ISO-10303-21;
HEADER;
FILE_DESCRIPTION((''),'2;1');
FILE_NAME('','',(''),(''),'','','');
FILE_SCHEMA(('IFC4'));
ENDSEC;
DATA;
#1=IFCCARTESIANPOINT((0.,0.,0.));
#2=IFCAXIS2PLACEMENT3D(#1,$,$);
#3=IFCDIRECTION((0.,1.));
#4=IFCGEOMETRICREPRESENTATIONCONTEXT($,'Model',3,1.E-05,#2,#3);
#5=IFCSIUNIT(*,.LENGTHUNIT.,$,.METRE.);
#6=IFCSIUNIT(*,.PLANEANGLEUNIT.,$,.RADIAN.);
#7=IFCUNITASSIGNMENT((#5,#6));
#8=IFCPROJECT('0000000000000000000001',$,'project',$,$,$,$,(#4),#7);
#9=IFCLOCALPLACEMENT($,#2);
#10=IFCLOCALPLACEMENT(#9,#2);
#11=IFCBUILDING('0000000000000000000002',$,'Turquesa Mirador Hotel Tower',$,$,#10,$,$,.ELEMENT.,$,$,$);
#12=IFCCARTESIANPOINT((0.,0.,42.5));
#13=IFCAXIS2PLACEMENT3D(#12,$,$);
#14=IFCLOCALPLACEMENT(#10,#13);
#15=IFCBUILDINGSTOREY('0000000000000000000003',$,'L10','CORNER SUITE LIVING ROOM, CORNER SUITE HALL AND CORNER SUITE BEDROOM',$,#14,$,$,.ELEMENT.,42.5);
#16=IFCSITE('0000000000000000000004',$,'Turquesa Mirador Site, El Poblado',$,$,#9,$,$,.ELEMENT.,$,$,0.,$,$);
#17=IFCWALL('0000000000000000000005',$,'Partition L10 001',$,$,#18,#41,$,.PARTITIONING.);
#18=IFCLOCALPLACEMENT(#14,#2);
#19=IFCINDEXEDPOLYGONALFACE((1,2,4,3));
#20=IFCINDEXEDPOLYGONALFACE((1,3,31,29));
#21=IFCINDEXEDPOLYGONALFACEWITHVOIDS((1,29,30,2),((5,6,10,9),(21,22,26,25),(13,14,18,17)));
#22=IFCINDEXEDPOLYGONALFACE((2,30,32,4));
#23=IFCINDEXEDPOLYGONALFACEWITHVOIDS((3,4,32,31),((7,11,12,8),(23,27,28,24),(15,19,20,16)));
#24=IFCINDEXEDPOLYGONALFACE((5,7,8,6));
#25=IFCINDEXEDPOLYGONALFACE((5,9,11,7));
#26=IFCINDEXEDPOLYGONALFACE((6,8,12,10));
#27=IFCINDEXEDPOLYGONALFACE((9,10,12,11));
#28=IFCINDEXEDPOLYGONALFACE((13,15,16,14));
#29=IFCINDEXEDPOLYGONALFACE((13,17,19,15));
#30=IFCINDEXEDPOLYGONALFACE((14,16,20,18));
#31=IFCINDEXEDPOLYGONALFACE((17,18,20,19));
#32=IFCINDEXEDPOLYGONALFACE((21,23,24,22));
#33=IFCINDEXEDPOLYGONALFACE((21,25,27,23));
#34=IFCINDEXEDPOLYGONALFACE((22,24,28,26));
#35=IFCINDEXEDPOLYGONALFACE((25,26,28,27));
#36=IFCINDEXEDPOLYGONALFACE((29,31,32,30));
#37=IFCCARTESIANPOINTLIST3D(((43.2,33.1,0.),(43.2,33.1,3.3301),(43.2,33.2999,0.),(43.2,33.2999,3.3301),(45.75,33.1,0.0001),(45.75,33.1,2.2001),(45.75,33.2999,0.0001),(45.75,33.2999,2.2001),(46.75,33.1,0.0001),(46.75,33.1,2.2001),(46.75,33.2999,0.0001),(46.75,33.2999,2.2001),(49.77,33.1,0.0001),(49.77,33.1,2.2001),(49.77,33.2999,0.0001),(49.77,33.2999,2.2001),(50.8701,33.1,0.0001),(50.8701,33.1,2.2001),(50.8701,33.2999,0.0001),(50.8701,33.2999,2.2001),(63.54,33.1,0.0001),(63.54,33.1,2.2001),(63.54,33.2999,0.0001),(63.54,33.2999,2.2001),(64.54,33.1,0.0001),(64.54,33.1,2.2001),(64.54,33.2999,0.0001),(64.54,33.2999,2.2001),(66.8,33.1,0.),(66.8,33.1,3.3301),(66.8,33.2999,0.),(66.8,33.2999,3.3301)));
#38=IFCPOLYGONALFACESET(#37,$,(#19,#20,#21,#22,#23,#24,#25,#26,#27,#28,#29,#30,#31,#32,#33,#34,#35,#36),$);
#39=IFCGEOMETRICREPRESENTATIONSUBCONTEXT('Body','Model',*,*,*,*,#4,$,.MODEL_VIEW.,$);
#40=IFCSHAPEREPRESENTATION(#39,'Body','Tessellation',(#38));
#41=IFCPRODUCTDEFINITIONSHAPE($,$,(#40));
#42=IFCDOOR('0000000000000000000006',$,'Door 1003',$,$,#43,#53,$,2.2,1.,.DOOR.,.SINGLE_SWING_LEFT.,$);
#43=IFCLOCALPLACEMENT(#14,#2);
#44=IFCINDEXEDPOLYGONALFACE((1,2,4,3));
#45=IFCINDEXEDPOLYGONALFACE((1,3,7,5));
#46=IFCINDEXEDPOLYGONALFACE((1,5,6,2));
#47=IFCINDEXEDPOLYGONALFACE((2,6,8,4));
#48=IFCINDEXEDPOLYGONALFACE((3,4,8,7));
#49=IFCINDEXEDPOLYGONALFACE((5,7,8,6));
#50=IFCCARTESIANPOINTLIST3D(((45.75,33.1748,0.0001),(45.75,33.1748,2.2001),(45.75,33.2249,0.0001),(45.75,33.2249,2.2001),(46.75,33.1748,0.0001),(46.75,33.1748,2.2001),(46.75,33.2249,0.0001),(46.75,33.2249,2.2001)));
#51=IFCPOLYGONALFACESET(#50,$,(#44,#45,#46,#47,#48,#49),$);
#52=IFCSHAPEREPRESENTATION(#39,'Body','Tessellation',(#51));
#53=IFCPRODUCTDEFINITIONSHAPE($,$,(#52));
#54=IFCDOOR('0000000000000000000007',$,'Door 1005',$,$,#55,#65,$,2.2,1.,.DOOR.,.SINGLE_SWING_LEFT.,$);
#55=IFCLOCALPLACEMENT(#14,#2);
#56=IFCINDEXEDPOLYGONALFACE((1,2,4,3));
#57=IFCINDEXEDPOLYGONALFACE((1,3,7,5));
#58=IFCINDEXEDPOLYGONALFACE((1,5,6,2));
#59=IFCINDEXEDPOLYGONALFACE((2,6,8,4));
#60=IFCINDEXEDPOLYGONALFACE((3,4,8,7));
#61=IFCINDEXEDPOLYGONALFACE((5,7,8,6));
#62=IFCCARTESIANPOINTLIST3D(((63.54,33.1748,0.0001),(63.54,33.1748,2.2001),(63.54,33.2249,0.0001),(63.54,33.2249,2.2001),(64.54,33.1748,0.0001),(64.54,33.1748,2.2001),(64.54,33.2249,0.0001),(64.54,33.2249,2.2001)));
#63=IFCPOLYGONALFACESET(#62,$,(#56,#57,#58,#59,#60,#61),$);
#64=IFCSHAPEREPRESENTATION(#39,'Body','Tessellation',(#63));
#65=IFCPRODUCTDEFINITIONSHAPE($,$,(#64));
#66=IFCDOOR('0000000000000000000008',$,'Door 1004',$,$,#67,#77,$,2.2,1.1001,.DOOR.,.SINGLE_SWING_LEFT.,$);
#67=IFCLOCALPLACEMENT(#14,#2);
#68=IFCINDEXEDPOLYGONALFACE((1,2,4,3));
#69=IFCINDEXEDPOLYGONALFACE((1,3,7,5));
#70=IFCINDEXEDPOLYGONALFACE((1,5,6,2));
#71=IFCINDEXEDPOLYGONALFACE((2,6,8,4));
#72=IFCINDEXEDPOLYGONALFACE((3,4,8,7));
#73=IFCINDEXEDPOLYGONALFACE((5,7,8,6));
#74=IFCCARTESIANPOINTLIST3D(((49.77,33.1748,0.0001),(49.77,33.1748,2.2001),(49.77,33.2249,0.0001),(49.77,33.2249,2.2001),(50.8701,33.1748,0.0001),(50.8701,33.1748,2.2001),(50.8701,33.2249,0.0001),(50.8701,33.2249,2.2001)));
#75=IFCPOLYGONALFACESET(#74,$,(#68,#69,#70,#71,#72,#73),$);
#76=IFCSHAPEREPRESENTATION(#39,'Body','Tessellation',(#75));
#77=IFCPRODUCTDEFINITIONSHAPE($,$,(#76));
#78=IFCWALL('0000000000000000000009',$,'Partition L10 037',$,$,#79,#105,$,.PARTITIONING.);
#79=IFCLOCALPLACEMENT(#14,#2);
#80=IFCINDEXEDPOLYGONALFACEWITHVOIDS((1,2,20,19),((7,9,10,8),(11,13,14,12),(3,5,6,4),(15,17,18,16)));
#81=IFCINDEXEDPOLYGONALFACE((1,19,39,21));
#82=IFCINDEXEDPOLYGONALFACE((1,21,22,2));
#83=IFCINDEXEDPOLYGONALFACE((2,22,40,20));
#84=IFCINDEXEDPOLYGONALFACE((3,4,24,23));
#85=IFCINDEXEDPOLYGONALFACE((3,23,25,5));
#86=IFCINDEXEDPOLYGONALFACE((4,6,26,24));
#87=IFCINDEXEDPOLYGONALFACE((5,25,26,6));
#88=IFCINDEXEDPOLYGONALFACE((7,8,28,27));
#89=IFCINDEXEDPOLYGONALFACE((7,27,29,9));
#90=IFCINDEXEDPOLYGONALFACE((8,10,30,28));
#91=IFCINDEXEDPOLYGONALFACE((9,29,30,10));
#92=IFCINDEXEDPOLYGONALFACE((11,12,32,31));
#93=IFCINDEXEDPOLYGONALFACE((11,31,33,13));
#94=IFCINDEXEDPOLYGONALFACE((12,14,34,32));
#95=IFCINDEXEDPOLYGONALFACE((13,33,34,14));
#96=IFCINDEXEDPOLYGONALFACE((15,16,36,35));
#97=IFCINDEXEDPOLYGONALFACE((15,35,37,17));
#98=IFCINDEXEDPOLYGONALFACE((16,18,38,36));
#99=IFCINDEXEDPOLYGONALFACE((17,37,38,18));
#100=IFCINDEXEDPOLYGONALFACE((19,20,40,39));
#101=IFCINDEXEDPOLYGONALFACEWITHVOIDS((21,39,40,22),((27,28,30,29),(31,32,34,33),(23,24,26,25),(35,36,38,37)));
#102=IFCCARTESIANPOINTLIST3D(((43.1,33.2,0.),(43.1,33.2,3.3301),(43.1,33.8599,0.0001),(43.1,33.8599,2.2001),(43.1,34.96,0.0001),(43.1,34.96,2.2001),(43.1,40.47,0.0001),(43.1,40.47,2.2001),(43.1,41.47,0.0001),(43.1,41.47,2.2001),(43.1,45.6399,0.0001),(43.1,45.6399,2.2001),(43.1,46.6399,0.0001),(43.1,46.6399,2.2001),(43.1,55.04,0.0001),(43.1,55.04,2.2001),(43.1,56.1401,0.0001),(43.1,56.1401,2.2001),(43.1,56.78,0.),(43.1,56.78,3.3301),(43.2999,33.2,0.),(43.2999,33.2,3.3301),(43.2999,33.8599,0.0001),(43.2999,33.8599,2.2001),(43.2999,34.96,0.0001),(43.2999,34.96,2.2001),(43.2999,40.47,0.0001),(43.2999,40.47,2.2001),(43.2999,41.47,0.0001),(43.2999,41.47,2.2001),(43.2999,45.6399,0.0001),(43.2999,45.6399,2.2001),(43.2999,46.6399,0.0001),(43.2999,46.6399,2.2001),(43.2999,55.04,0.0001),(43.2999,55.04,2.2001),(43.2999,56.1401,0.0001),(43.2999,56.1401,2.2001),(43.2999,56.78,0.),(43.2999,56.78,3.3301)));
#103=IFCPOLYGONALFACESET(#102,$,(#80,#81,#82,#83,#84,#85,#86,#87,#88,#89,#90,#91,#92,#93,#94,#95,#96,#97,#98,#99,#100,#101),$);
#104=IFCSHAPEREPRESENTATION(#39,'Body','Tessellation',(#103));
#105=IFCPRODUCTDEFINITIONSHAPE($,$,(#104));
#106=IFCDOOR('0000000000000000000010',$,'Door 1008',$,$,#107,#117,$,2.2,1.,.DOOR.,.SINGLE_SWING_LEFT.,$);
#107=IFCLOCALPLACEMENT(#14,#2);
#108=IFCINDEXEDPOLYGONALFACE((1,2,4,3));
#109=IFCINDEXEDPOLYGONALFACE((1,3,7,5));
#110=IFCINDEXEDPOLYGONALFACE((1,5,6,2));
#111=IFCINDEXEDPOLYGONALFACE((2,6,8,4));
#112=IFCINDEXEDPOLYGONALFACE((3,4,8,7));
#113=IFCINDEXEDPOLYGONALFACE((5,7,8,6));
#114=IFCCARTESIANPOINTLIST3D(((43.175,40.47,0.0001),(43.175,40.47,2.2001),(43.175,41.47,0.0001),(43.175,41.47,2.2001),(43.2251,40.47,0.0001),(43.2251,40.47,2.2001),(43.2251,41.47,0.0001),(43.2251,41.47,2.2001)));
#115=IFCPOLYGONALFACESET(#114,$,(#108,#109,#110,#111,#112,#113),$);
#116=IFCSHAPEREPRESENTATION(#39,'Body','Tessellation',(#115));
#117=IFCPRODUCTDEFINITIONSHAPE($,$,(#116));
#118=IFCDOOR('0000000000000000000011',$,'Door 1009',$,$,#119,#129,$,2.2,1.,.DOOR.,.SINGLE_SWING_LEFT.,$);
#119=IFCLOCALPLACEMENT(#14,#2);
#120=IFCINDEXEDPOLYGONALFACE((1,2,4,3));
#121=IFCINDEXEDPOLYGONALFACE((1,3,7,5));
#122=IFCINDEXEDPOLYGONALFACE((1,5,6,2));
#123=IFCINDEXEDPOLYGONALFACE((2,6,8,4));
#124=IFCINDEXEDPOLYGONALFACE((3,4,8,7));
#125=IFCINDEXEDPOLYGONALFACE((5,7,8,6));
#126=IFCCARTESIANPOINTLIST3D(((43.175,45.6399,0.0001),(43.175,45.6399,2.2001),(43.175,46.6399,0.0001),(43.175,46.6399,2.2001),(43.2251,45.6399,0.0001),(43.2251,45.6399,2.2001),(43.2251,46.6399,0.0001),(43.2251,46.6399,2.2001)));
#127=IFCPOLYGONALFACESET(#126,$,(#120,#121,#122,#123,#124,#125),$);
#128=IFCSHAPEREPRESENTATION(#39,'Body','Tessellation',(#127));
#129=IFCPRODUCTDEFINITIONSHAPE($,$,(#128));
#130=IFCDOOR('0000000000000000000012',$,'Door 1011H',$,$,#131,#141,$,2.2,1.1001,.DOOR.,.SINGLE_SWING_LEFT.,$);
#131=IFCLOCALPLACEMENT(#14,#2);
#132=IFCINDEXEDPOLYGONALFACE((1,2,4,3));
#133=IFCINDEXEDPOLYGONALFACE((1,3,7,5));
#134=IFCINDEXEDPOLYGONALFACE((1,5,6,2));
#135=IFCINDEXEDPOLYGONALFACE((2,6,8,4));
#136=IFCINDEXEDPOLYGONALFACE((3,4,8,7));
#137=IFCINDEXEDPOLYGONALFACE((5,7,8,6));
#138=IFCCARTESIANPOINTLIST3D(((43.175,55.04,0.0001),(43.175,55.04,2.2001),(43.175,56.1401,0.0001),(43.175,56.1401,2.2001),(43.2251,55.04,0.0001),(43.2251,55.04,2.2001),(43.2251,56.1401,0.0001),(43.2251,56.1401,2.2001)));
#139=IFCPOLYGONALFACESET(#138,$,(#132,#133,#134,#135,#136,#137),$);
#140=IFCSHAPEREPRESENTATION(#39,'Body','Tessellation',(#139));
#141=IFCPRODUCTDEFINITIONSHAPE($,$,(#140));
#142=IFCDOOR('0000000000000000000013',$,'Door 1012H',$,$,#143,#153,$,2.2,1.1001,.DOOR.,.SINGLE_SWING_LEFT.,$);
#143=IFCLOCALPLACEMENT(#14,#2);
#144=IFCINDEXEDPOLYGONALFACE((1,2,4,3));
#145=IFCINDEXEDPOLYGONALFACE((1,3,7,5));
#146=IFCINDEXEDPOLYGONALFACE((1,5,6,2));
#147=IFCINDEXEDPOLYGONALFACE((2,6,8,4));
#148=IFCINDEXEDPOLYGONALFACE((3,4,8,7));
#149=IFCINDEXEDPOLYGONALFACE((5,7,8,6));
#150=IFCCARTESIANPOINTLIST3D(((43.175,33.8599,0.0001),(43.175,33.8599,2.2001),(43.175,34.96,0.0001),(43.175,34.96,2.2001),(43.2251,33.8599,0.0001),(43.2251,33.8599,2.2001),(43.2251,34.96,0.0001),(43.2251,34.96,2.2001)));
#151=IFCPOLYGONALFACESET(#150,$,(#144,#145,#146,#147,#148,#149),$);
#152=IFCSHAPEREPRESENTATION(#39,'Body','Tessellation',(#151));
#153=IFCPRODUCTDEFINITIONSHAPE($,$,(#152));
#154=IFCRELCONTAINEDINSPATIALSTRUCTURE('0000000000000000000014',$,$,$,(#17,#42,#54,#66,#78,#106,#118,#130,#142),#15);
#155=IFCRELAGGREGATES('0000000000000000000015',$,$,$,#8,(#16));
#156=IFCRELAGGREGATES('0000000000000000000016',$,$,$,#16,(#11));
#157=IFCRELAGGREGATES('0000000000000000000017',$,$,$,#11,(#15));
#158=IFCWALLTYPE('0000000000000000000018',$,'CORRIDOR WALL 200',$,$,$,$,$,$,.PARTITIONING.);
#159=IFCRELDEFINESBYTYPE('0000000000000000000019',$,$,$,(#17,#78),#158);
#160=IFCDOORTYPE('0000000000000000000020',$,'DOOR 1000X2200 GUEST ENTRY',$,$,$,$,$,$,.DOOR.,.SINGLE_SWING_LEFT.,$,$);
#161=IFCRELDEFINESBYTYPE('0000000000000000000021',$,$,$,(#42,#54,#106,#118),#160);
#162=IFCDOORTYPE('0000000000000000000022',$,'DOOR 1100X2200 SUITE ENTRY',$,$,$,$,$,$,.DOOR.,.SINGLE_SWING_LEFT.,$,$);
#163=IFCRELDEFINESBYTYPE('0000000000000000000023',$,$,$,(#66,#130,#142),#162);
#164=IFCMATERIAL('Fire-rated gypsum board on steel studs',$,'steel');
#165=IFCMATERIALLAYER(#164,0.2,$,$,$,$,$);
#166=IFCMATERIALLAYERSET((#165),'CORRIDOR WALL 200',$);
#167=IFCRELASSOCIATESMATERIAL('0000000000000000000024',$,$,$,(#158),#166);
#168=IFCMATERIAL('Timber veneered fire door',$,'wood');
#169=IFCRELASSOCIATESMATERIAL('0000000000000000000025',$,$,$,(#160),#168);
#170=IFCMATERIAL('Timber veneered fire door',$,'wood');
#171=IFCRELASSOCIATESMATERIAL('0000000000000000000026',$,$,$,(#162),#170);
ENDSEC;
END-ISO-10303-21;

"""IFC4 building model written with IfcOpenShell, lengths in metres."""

from ifc_helpers import new_model, si_unit, direction, frame, frame_2d, origin, place, context, subcontext, project, spatial, rectangle, extrude, material, layer, layer_set, type_object, element, fill, save


model = new_model("IFC4")

# Units and contexts
model_context = context("Model", 3, precision=1e-05, world=origin(), true_north=direction((0.0, 1.0)))
body_context = subcontext(model_context, "Body", "Model", "MODEL_VIEW")
ifc_project = project(units=[si_unit("LENGTHUNIT", "METRE"), si_unit("PLANEANGLEUNIT", "RADIAN")], contexts=[model_context])

# Site, building, storey
site_placement = place(None, origin())
site = spatial("IfcSite", under=ifc_project, at=site_placement, Name="Turquesa Mirador Site, El Poblado", CompositionType="ELEMENT", RefElevation=0.0)
building_placement = place(site_placement, origin())
building = spatial("IfcBuilding", under=site, at=building_placement, Name="Turquesa Mirador Hotel Tower", CompositionType="ELEMENT")
storey_placement = place(building_placement, frame((0.0, 0.0, 42.5)))
storey = spatial("IfcBuildingStorey", under=building, at=storey_placement, Name="L10", Description="CORNER SUITE LIVING ROOM, CORNER SUITE HALL AND CORNER SUITE BEDROOM", CompositionType="ELEMENT", Elevation=42.5)

# Walls, openings, doors
ifc_material_1 = material(Name="Fire-rated gypsum board on steel studs", Category="steel")
ifc_layer_1 = layer(ifc_material_1, 0.2)
ifc_layer_set_1 = layer_set([ifc_layer_1], Name="CORRIDOR WALL 200")
wall_type_1 = type_object("IfcWallType", Name="CORRIDOR WALL 200", PredefinedType="PARTITIONING", material=ifc_layer_set_1)
wall_1_placement = place(storey_placement, frame((43.2, 33.2, 0.0), z_axis=(0.0, 0.0, 1.0), x_axis=(1.0, 0.0, 0.0)))
wall_1 = element("IfcWall", 1, at=wall_1_placement, inside=storey, type_object=wall_type_1, Name="Partition L10 001", PredefinedType="PARTITIONING", context=body_context, shape_type="SweptSolid", body=[
    extrude(rectangle(XDim=23.6001, YDim=0.2, at=frame_2d((11.8, 0.0))), origin(), (0.0, 0.0, 1.0), 3.3301),
])
opening_1_placement = place(wall_1_placement, frame((2.55, 0.0, 0.0)))
opening_1 = element("IfcOpeningElement", 2, at=opening_1_placement, cuts=wall_1, PredefinedType="OPENING", context=body_context, shape_type="SweptSolid", body=[
    extrude(rectangle(XDim=1.0, YDim=2.2, at=frame_2d((0.5, 1.1001))), frame((0.0, 0.1099, 0.0), z_axis=(0.0, -1.0, 0.0), x_axis=(1.0, 0.0, 0.0)), (0.0, 0.0, 1.0), 0.22),
])
opening_2_placement = place(wall_1_placement, frame((6.5701, 0.0, 0.0)))
opening_2 = element("IfcOpeningElement", 3, at=opening_2_placement, cuts=wall_1, PredefinedType="OPENING", context=body_context, shape_type="SweptSolid", body=[
    extrude(rectangle(XDim=1.1001, YDim=2.2, at=frame_2d((0.55, 1.1001))), frame((0.0, 0.1099, 0.0), z_axis=(0.0, -1.0, 0.0), x_axis=(1.0, 0.0, 0.0)), (0.0, 0.0, 1.0), 0.22),
])
opening_3_placement = place(wall_1_placement, frame((20.3401, 0.0, 0.0)))
opening_3 = element("IfcOpeningElement", 4, at=opening_3_placement, cuts=wall_1, PredefinedType="OPENING", context=body_context, shape_type="SweptSolid", body=[
    extrude(rectangle(XDim=1.0, YDim=2.2, at=frame_2d((0.5, 1.1001))), frame((0.0, 0.1099, 0.0), z_axis=(0.0, -1.0, 0.0), x_axis=(1.0, 0.0, 0.0)), (0.0, 0.0, 1.0), 0.22),
])
ifc_material_2 = material(Name="Timber veneered fire door", Category="wood")
door_type_1 = type_object("IfcDoorType", Name="DOOR 1000X2200 GUEST ENTRY", OperationType="SINGLE_SWING_LEFT", PredefinedType="DOOR", material=ifc_material_2)
door_1_placement = place(opening_1_placement, origin())
door_1 = element("IfcDoor", 5, at=door_1_placement, inside=storey, type_object=door_type_1, Name="Door 1003", OperationType="SINGLE_SWING_LEFT", OverallHeight=2.2, OverallWidth=1.0, PredefinedType="DOOR", context=body_context, shape_type="SweptSolid", body=[
    extrude(rectangle(XDim=1.0, YDim=2.2, at=frame_2d((0.5, 1.1001))), frame((0.0, 0.0249, 0.0), z_axis=(0.0, -1.0, 0.0), x_axis=(1.0, 0.0, 0.0)), (0.0, 0.0, 1.0), 0.05),
])
fill(opening_1, door_1)
door_2_placement = place(opening_3_placement, origin())
door_2 = element("IfcDoor", 6, at=door_2_placement, inside=storey, type_object=door_type_1, Name="Door 1005", OperationType="SINGLE_SWING_LEFT", OverallHeight=2.2, OverallWidth=1.0, PredefinedType="DOOR", context=body_context, shape_type="SweptSolid", body=[
    extrude(rectangle(XDim=1.0, YDim=2.2, at=frame_2d((0.5, 1.1001))), frame((0.0, 0.0249, 0.0), z_axis=(0.0, -1.0, 0.0), x_axis=(1.0, 0.0, 0.0)), (0.0, 0.0, 1.0), 0.05),
])
fill(opening_3, door_2)
ifc_material_3 = material(Name="Timber veneered fire door", Category="wood")
door_type_2 = type_object("IfcDoorType", Name="DOOR 1100X2200 SUITE ENTRY", OperationType="SINGLE_SWING_LEFT", PredefinedType="DOOR", material=ifc_material_3)
door_3_placement = place(opening_2_placement, origin())
door_3 = element("IfcDoor", 7, at=door_3_placement, inside=storey, type_object=door_type_2, Name="Door 1004", OperationType="SINGLE_SWING_LEFT", OverallHeight=2.2, OverallWidth=1.1001, PredefinedType="DOOR", context=body_context, shape_type="SweptSolid", body=[
    extrude(rectangle(XDim=1.1001, YDim=2.2, at=frame_2d((0.55, 1.1001))), frame((0.0, 0.0249, 0.0), z_axis=(0.0, -1.0, 0.0), x_axis=(1.0, 0.0, 0.0)), (0.0, 0.0, 1.0), 0.05),
])
fill(opening_2, door_3)
wall_2_placement = place(storey_placement, frame((43.2, 33.2, 0.0), z_axis=(0.0, 0.0, 1.0), x_axis=(0.0, 1.0, 0.0)))
wall_2 = element("IfcWall", 8, at=wall_2_placement, inside=storey, type_object=wall_type_1, Name="Partition L10 037", PredefinedType="PARTITIONING", context=body_context, shape_type="SweptSolid", body=[
    extrude(rectangle(XDim=23.5801, YDim=0.2, at=frame_2d((11.79, 0.0))), origin(), (0.0, 0.0, 1.0), 3.3301),
])
opening_4_placement = place(wall_2_placement, frame((7.27, 0.0, 0.0)))
opening_4 = element("IfcOpeningElement", 9, at=opening_4_placement, cuts=wall_2, PredefinedType="OPENING", context=body_context, shape_type="SweptSolid", body=[
    extrude(rectangle(XDim=1.0, YDim=2.2, at=frame_2d((0.5, 1.1001))), frame((0.0, 0.1099, 0.0), z_axis=(0.0, -1.0, 0.0), x_axis=(1.0, 0.0, 0.0)), (0.0, 0.0, 1.0), 0.22),
])
opening_5_placement = place(wall_2_placement, frame((12.4399, 0.0, 0.0)))
opening_5 = element("IfcOpeningElement", 10, at=opening_5_placement, cuts=wall_2, PredefinedType="OPENING", context=body_context, shape_type="SweptSolid", body=[
    extrude(rectangle(XDim=1.0, YDim=2.2, at=frame_2d((0.5, 1.1001))), frame((0.0, 0.1099, 0.0), z_axis=(0.0, -1.0, 0.0), x_axis=(1.0, 0.0, 0.0)), (0.0, 0.0, 1.0), 0.22),
])
opening_6_placement = place(wall_2_placement, frame((21.8401, 0.0, 0.0)))
opening_6 = element("IfcOpeningElement", 11, at=opening_6_placement, cuts=wall_2, PredefinedType="OPENING", context=body_context, shape_type="SweptSolid", body=[
    extrude(rectangle(XDim=1.1001, YDim=2.2, at=frame_2d((0.55, 1.1001))), frame((0.0, 0.1099, 0.0), z_axis=(0.0, -1.0, 0.0), x_axis=(1.0, 0.0, 0.0)), (0.0, 0.0, 1.0), 0.22),
])
opening_7_placement = place(wall_2_placement, frame((0.6599, 0.0, 0.0)))
opening_7 = element("IfcOpeningElement", 12, at=opening_7_placement, cuts=wall_2, PredefinedType="OPENING", context=body_context, shape_type="SweptSolid", body=[
    extrude(rectangle(XDim=1.1001, YDim=2.2, at=frame_2d((0.55, 1.1001))), frame((0.0, 0.1099, 0.0), z_axis=(0.0, -1.0, 0.0), x_axis=(1.0, 0.0, 0.0)), (0.0, 0.0, 1.0), 0.22),
])
door_4_placement = place(opening_4_placement, origin())
door_4 = element("IfcDoor", 13, at=door_4_placement, inside=storey, type_object=door_type_1, Name="Door 1008", OperationType="SINGLE_SWING_LEFT", OverallHeight=2.2, OverallWidth=1.0, PredefinedType="DOOR", context=body_context, shape_type="SweptSolid", body=[
    extrude(rectangle(XDim=1.0, YDim=2.2, at=frame_2d((0.5, 1.1001))), frame((0.0, 0.0249, 0.0), z_axis=(0.0, -1.0, 0.0), x_axis=(1.0, 0.0, 0.0)), (0.0, 0.0, 1.0), 0.05),
])
fill(opening_4, door_4)
door_5_placement = place(opening_5_placement, origin())
door_5 = element("IfcDoor", 14, at=door_5_placement, inside=storey, type_object=door_type_1, Name="Door 1009", OperationType="SINGLE_SWING_LEFT", OverallHeight=2.2, OverallWidth=1.0, PredefinedType="DOOR", context=body_context, shape_type="SweptSolid", body=[
    extrude(rectangle(XDim=1.0, YDim=2.2, at=frame_2d((0.5, 1.1001))), frame((0.0, 0.0249, 0.0), z_axis=(0.0, -1.0, 0.0), x_axis=(1.0, 0.0, 0.0)), (0.0, 0.0, 1.0), 0.05),
])
fill(opening_5, door_5)
door_6_placement = place(opening_6_placement, origin())
door_6 = element("IfcDoor", 15, at=door_6_placement, inside=storey, type_object=door_type_2, Name="Door 1011H", OperationType="SINGLE_SWING_LEFT", OverallHeight=2.2, OverallWidth=1.1001, PredefinedType="DOOR", context=body_context, shape_type="SweptSolid", body=[
    extrude(rectangle(XDim=1.1001, YDim=2.2, at=frame_2d((0.55, 1.1001))), frame((0.0, 0.0249, 0.0), z_axis=(0.0, -1.0, 0.0), x_axis=(1.0, 0.0, 0.0)), (0.0, 0.0, 1.0), 0.05),
])
fill(opening_6, door_6)
door_7_placement = place(opening_7_placement, origin())
door_7 = element("IfcDoor", 16, at=door_7_placement, inside=storey, type_object=door_type_2, Name="Door 1012H", OperationType="SINGLE_SWING_LEFT", OverallHeight=2.2, OverallWidth=1.1001, PredefinedType="DOOR", context=body_context, shape_type="SweptSolid", body=[
    extrude(rectangle(XDim=1.1001, YDim=2.2, at=frame_2d((0.55, 1.1001))), frame((0.0, 0.0249, 0.0), z_axis=(0.0, -1.0, 0.0), x_axis=(1.0, 0.0, 0.0)), (0.0, 0.0, 1.0), 0.05),
])
fill(opening_7, door_7)

save(model, "model.ifc")
